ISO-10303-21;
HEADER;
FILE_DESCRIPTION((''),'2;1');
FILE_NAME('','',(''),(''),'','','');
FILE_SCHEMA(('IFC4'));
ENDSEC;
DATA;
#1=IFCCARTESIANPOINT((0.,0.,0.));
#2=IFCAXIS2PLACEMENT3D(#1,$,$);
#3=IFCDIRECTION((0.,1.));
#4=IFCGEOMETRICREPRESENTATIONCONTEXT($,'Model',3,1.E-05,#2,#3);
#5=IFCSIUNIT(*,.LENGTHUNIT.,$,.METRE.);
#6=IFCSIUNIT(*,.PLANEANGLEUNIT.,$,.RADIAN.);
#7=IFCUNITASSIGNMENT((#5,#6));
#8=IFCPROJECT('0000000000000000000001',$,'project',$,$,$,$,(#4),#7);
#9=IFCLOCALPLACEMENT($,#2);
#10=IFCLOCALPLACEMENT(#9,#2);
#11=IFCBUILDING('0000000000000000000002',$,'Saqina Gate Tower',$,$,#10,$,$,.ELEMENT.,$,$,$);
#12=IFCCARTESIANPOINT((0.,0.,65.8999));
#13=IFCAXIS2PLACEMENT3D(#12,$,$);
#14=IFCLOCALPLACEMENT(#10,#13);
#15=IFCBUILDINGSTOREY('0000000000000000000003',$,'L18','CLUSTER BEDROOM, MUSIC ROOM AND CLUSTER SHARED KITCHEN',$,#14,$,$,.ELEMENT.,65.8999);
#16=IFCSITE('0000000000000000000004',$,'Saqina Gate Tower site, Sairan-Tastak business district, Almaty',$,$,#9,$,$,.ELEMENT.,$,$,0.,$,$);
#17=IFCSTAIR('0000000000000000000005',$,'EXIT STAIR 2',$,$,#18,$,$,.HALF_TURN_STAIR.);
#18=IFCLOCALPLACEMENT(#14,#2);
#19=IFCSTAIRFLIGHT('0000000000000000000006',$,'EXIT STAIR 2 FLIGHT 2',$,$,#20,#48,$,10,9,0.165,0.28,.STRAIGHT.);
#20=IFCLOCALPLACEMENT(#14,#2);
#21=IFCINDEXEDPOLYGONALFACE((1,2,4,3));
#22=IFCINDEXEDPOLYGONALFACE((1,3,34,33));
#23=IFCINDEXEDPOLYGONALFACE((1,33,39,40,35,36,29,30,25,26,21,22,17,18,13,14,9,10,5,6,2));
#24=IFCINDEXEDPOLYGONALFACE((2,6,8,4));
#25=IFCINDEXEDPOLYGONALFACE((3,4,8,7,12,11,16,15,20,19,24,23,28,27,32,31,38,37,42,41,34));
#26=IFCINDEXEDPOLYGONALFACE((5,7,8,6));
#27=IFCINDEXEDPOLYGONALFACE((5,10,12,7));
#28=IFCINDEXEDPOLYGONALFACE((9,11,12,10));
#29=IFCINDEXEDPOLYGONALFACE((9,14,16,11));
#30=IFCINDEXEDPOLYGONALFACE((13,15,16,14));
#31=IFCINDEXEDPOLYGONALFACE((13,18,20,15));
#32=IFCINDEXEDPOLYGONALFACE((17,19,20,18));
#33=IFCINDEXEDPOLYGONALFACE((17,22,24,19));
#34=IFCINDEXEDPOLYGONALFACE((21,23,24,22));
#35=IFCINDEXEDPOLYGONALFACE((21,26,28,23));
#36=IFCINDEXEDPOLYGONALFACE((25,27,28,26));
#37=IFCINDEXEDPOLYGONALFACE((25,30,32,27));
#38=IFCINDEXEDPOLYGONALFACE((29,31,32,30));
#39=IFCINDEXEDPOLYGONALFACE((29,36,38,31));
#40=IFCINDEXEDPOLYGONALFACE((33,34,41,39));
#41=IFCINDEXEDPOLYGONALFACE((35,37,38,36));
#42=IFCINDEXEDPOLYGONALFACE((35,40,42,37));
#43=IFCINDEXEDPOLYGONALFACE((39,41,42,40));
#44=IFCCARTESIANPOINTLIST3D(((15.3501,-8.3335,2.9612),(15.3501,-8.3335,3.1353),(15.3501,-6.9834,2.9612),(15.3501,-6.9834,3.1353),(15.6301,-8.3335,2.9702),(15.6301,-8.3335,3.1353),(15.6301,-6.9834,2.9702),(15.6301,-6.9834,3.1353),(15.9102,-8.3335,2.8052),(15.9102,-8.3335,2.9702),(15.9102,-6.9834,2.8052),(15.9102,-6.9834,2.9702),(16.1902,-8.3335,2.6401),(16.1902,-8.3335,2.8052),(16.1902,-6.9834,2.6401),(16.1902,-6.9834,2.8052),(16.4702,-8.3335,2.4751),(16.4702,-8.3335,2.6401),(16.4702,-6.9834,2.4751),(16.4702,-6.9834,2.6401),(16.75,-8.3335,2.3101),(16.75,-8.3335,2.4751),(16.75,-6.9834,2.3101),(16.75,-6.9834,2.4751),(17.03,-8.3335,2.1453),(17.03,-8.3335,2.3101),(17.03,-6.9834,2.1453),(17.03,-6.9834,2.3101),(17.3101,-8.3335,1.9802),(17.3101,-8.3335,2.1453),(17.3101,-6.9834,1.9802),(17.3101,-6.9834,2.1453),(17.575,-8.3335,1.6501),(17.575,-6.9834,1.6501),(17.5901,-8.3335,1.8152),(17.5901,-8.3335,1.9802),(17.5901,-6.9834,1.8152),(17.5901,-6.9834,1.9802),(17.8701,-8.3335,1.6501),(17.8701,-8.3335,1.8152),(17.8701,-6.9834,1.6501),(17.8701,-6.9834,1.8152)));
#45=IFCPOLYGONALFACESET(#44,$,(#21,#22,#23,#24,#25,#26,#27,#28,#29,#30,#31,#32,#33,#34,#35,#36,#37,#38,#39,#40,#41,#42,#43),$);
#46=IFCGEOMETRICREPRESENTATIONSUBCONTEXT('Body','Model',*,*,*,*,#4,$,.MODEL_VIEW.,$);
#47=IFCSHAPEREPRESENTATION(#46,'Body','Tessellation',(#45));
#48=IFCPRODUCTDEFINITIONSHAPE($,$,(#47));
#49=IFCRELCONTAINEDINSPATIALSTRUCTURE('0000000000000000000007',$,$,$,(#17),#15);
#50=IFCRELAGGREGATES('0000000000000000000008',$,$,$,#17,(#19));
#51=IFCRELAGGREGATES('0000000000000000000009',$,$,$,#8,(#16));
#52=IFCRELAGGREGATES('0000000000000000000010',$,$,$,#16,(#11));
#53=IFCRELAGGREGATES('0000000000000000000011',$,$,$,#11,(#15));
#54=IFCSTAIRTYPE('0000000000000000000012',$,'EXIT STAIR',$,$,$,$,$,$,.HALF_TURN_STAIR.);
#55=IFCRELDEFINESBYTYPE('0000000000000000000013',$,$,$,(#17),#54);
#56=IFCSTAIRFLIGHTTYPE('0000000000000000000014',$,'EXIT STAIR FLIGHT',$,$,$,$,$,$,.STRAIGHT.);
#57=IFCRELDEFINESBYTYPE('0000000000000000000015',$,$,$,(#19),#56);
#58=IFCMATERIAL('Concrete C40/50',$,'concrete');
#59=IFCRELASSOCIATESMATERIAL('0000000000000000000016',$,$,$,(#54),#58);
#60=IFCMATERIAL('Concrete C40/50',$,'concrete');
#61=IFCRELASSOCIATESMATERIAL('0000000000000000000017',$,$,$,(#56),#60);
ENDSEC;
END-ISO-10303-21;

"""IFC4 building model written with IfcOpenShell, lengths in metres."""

from ifc_helpers import new_model, si_unit, direction, frame, origin, place, context, subcontext, project, spatial, polyline, outline, extrude, material, type_object, element, aggregate, save


model = new_model("IFC4")

# Units and contexts
model_context = context("Model", 3, precision=1e-05, world=origin(), true_north=direction((0.0, 1.0)))
body_context = subcontext(model_context, "Body", "Model", "MODEL_VIEW")
ifc_project = project(units=[si_unit("LENGTHUNIT", "METRE"), si_unit("PLANEANGLEUNIT", "RADIAN")], contexts=[model_context])

# Site, building, storey
site_placement = place(None, origin())
site = spatial("IfcSite", under=ifc_project, at=site_placement, Name="Saqina Gate Tower site, Sairan-Tastak business district, Almaty", CompositionType="ELEMENT", RefElevation=0.0)
building_placement = place(site_placement, origin())
building = spatial("IfcBuilding", under=site, at=building_placement, Name="Saqina Gate Tower", CompositionType="ELEMENT")
storey_placement = place(building_placement, frame((0.0, 0.0, 65.8999)))
storey = spatial("IfcBuildingStorey", under=building, at=storey_placement, Name="L18", Description="CLUSTER BEDROOM, MUSIC ROOM AND CLUSTER SHARED KITCHEN", CompositionType="ELEMENT", Elevation=65.8999)

# Stair, stair flight
ifc_material_1 = material(Name="Concrete C40/50", Category="concrete")
stair_type = type_object("IfcStairType", Name="EXIT STAIR", PredefinedType="HALF_TURN_STAIR", material=ifc_material_1)
stair_placement = place(storey_placement, origin())
stair = element("IfcStair", 1, at=stair_placement, inside=storey, type_object=stair_type, Name="EXIT STAIR 2", PredefinedType="HALF_TURN_STAIR")
ifc_material_2 = material(Name="Concrete C40/50", Category="concrete")
stair_flight_type = type_object("IfcStairFlightType", Name="EXIT STAIR FLIGHT", PredefinedType="STRAIGHT", material=ifc_material_2)
stair_flight_1_placement = place(storey_placement, frame((17.8701, -7.6584, 1.6501), z_axis=(0.0, 0.0, 1.0), x_axis=(-1.0, 0.0, 0.0)))
stair_flight_1 = element("IfcStairFlight", 2, at=stair_flight_1_placement, type_object=stair_flight_type, Name="EXIT STAIR 2 FLIGHT 2", NumberOfRisers=10, NumberOfTreads=9, PredefinedType="STRAIGHT", RiserHeight=0.165, TreadLength=0.28, context=body_context, shape_type="SweptSolid", body=[
    extrude(outline(polyline([(0.0, 0.0), (0.0, 0.165), (0.28, 0.165), (0.28, 0.3301), (0.5601, 0.3301), (0.5601, 0.4951), (0.8401, 0.4951), (0.8401, 0.6599), (1.1201, 0.6599), (1.1201, 0.825), (1.3999, 0.825), (1.3999, 0.99), (1.6799, 0.99), (1.6799, 1.155), (1.96, 1.155), (1.96, 1.3201), (2.24, 1.3201), (2.24, 1.4851), (2.52, 1.4851), (2.52, 1.6499), (2.52, 1.311), (0.2952, 0.0), (0.0, 0.0)])), frame((0.0, 0.675, 0.0), z_axis=(0.0, -1.0, 0.0), x_axis=(1.0, 0.0, 0.0)), (0.0, 0.0, 1.0), 1.3501),
])
aggregate(stair, [stair_flight_1])

save(model, "model.ifc")
